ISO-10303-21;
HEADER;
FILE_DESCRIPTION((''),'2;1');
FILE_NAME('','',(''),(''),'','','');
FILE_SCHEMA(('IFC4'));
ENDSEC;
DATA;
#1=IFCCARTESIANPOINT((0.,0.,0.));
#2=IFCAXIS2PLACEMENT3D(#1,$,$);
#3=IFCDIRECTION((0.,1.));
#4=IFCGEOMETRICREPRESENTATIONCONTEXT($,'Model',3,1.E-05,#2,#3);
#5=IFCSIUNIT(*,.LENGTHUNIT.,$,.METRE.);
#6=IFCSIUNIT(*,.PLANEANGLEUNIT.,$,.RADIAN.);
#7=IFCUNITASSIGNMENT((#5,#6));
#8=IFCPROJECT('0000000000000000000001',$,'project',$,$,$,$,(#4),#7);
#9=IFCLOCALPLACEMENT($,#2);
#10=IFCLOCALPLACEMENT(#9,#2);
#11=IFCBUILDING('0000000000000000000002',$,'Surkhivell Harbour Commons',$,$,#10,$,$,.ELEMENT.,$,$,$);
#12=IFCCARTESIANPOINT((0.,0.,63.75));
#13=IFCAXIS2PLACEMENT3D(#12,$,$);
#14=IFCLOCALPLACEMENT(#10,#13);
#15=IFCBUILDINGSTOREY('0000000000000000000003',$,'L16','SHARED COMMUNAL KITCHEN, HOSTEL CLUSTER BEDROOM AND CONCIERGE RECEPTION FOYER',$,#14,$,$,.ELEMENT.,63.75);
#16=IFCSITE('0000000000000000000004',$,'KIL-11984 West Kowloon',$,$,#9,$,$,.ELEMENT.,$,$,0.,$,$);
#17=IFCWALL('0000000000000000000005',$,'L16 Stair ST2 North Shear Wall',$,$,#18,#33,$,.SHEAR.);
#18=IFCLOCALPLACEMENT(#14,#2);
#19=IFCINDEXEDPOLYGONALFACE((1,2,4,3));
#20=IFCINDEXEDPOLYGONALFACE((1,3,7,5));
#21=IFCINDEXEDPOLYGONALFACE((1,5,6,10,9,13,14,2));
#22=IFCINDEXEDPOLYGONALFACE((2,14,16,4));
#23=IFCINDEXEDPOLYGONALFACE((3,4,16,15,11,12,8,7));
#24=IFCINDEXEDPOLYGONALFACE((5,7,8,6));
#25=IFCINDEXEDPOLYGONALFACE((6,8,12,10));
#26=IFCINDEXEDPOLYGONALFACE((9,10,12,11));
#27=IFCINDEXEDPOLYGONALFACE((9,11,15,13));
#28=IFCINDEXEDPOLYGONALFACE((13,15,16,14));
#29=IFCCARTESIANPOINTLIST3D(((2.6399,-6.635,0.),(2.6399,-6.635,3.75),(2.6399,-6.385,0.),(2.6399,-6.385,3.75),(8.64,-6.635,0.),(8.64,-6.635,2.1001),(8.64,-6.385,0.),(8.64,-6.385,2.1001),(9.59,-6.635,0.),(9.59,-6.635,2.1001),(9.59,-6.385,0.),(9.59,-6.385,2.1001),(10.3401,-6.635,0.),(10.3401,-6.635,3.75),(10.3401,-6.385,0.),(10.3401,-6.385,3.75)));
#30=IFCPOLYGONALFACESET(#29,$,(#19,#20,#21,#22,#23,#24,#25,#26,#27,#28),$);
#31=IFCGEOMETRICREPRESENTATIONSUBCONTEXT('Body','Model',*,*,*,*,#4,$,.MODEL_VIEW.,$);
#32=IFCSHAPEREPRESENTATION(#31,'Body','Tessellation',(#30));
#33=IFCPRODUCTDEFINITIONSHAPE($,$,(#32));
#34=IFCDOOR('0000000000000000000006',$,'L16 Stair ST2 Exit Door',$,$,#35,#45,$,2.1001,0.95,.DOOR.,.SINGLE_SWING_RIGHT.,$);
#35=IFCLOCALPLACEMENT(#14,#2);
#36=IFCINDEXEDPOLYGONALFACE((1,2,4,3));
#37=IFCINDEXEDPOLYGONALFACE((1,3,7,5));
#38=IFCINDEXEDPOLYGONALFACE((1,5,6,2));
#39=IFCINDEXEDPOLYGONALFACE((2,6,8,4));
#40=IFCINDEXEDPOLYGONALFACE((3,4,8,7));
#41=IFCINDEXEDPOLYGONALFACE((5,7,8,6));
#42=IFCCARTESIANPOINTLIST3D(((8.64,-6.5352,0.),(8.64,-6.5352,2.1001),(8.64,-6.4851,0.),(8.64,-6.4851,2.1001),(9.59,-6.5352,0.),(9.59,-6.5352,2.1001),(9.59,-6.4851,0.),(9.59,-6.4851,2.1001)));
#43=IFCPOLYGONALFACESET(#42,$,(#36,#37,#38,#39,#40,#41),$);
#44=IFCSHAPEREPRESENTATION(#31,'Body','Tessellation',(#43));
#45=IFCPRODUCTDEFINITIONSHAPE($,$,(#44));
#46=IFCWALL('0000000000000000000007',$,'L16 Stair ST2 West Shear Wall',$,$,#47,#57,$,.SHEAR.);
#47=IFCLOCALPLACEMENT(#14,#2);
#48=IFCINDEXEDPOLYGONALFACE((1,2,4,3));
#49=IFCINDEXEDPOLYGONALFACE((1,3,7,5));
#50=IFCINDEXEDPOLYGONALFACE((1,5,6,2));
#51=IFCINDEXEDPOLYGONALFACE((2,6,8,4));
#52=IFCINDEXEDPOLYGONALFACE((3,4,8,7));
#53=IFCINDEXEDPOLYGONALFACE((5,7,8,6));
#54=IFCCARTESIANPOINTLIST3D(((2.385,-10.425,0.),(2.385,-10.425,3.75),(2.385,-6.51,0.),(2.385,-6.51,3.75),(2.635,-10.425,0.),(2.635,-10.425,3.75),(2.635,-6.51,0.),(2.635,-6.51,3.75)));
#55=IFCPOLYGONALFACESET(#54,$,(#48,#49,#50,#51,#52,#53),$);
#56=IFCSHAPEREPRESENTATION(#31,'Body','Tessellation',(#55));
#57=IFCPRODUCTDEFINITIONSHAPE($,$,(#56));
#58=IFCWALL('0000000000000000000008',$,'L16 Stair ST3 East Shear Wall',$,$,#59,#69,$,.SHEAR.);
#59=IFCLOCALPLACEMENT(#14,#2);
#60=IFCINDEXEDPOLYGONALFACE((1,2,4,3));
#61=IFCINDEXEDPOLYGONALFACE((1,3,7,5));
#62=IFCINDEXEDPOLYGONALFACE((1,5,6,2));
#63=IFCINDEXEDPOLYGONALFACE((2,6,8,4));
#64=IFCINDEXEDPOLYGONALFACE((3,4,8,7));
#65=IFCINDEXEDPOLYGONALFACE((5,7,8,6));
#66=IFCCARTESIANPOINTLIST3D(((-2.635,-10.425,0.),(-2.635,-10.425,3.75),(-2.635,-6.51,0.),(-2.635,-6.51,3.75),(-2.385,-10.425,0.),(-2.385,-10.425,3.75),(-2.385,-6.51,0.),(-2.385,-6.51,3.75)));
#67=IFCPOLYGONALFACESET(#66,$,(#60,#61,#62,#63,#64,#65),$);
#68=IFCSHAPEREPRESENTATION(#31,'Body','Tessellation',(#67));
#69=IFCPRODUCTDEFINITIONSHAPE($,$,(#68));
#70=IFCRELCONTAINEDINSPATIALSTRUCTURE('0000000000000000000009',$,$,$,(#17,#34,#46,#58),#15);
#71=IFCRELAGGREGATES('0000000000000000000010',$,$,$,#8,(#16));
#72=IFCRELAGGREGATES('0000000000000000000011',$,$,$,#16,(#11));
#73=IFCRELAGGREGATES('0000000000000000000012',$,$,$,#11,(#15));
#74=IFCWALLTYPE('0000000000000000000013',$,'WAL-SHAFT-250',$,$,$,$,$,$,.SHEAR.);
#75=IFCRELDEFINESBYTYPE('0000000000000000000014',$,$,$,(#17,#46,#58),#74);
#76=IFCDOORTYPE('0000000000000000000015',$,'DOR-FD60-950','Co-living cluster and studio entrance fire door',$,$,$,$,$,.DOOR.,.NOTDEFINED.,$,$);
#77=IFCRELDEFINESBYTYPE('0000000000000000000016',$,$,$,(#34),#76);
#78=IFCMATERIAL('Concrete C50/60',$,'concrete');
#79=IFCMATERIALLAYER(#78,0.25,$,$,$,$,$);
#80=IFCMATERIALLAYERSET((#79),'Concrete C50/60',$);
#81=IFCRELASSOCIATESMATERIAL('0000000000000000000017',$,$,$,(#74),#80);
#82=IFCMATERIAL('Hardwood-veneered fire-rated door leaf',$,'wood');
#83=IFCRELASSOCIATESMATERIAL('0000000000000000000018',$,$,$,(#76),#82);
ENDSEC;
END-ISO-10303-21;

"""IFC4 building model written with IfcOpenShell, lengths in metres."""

from ifc_helpers import new_model, si_unit, direction, frame, frame_2d, origin, place, context, subcontext, project, spatial, rectangle, extrude, material, layer, layer_set, type_object, element, fill, save


model = new_model("IFC4")

# Units and contexts
model_context = context("Model", 3, precision=1e-05, world=origin(), true_north=direction((0.0, 1.0)))
body_context = subcontext(model_context, "Body", "Model", "MODEL_VIEW")
ifc_project = project(units=[si_unit("LENGTHUNIT", "METRE"), si_unit("PLANEANGLEUNIT", "RADIAN")], contexts=[model_context])

# Site, building, storey
site_placement = place(None, origin())
site = spatial("IfcSite", under=ifc_project, at=site_placement, Name="KIL-11984 West Kowloon", CompositionType="ELEMENT", RefElevation=0.0)
building_placement = place(site_placement, origin())
building = spatial("IfcBuilding", under=site, at=building_placement, Name="Surkhivell Harbour Commons", CompositionType="ELEMENT")
storey_placement = place(building_placement, frame((0.0, 0.0, 63.75)))
storey = spatial("IfcBuildingStorey", under=building, at=storey_placement, Name="L16", Description="SHARED COMMUNAL KITCHEN, HOSTEL CLUSTER BEDROOM AND CONCIERGE RECEPTION FOYER", CompositionType="ELEMENT", Elevation=63.75)

# Shared definitions
ifc_material_1 = material(Name="Hardwood-veneered fire-rated door leaf", Category="wood")

# Shared definitions
ifc_material_2 = material(Name="Concrete C50/60", Category="concrete")
ifc_layer_1 = layer(ifc_material_2, 0.25)
ifc_layer_set_1 = layer_set([ifc_layer_1], Name="Concrete C50/60")
wall_type_1 = type_object("IfcWallType", Name="WAL-SHAFT-250", PredefinedType="SHEAR", material=ifc_layer_set_1)

# Wall, opening, door
wall_1_placement = place(storey_placement, frame((2.6399, -6.51, 0.0), z_axis=(0.0, 0.0, 1.0), x_axis=(1.0, 0.0, 0.0)))
wall_1 = element("IfcWall", 1, at=wall_1_placement, inside=storey, type_object=wall_type_1, Name="L16 Stair ST2 North Shear Wall", PredefinedType="SHEAR", context=body_context, shape_type="SweptSolid", body=[
    extrude(rectangle(XDim=7.7002, YDim=0.25, at=frame_2d((3.8501, 0.0))), origin(), (0.0, 0.0, 1.0), 3.75),
])
opening_1_placement = place(wall_1_placement, frame((6.0, 0.0, 0.0)))
opening_1 = element("IfcOpeningElement", 2, at=opening_1_placement, cuts=wall_1, PredefinedType="OPENING", context=body_context, shape_type="SweptSolid", body=[
    extrude(rectangle(XDim=0.95, YDim=2.1001, at=frame_2d((0.4751, 1.05))), frame((0.0, 0.135, 0.0), z_axis=(0.0, -1.0, 0.0), x_axis=(1.0, 0.0, 0.0)), (0.0, 0.0, 1.0), 0.27),
])
door_type_1 = type_object("IfcDoorType", Name="DOR-FD60-950", Description="Co-living cluster and studio entrance fire door", OperationType="NOTDEFINED", PredefinedType="DOOR", material=ifc_material_1)
door_1_placement = place(opening_1_placement, origin())
door_1 = element("IfcDoor", 3, at=door_1_placement, inside=storey, type_object=door_type_1, Name="L16 Stair ST2 Exit Door", OperationType="SINGLE_SWING_RIGHT", OverallHeight=2.1001, OverallWidth=0.95, PredefinedType="DOOR", context=body_context, shape_type="SweptSolid", body=[
    extrude(rectangle(XDim=0.95, YDim=2.1001, at=frame_2d((0.4751, 1.05))), frame((0.0, 0.0249, 0.0), z_axis=(0.0, -1.0, 0.0), x_axis=(1.0, 0.0, 0.0)), (0.0, 0.0, 1.0), 0.05),
])
fill(opening_1, door_1)

# Walls
for number, where, z_axis, x_axis, name in (
    (4, (2.51, -10.425, 0.0), (0.0, 0.0, 1.0), (0.0, 1.0, 0.0), "L16 Stair ST2 West Shear Wall"),
    (5, (-2.51, -10.425, 0.0), (0.0, 0.0, 1.0), (0.0, 1.0, 0.0), "L16 Stair ST3 East Shear Wall"),
):
    element("IfcWall", number, at=place(storey_placement, frame(where, z_axis=z_axis, x_axis=x_axis)), inside=storey, type_object=wall_type_1, Name=name, PredefinedType="SHEAR", context=body_context, shape_type="SweptSolid", body=[
        extrude(rectangle(XDim=3.915, YDim=0.25, at=frame_2d((1.9575, 0.0))), origin(), (0.0, 0.0, 1.0), 3.75),
    ])

save(model, "model.ifc")
